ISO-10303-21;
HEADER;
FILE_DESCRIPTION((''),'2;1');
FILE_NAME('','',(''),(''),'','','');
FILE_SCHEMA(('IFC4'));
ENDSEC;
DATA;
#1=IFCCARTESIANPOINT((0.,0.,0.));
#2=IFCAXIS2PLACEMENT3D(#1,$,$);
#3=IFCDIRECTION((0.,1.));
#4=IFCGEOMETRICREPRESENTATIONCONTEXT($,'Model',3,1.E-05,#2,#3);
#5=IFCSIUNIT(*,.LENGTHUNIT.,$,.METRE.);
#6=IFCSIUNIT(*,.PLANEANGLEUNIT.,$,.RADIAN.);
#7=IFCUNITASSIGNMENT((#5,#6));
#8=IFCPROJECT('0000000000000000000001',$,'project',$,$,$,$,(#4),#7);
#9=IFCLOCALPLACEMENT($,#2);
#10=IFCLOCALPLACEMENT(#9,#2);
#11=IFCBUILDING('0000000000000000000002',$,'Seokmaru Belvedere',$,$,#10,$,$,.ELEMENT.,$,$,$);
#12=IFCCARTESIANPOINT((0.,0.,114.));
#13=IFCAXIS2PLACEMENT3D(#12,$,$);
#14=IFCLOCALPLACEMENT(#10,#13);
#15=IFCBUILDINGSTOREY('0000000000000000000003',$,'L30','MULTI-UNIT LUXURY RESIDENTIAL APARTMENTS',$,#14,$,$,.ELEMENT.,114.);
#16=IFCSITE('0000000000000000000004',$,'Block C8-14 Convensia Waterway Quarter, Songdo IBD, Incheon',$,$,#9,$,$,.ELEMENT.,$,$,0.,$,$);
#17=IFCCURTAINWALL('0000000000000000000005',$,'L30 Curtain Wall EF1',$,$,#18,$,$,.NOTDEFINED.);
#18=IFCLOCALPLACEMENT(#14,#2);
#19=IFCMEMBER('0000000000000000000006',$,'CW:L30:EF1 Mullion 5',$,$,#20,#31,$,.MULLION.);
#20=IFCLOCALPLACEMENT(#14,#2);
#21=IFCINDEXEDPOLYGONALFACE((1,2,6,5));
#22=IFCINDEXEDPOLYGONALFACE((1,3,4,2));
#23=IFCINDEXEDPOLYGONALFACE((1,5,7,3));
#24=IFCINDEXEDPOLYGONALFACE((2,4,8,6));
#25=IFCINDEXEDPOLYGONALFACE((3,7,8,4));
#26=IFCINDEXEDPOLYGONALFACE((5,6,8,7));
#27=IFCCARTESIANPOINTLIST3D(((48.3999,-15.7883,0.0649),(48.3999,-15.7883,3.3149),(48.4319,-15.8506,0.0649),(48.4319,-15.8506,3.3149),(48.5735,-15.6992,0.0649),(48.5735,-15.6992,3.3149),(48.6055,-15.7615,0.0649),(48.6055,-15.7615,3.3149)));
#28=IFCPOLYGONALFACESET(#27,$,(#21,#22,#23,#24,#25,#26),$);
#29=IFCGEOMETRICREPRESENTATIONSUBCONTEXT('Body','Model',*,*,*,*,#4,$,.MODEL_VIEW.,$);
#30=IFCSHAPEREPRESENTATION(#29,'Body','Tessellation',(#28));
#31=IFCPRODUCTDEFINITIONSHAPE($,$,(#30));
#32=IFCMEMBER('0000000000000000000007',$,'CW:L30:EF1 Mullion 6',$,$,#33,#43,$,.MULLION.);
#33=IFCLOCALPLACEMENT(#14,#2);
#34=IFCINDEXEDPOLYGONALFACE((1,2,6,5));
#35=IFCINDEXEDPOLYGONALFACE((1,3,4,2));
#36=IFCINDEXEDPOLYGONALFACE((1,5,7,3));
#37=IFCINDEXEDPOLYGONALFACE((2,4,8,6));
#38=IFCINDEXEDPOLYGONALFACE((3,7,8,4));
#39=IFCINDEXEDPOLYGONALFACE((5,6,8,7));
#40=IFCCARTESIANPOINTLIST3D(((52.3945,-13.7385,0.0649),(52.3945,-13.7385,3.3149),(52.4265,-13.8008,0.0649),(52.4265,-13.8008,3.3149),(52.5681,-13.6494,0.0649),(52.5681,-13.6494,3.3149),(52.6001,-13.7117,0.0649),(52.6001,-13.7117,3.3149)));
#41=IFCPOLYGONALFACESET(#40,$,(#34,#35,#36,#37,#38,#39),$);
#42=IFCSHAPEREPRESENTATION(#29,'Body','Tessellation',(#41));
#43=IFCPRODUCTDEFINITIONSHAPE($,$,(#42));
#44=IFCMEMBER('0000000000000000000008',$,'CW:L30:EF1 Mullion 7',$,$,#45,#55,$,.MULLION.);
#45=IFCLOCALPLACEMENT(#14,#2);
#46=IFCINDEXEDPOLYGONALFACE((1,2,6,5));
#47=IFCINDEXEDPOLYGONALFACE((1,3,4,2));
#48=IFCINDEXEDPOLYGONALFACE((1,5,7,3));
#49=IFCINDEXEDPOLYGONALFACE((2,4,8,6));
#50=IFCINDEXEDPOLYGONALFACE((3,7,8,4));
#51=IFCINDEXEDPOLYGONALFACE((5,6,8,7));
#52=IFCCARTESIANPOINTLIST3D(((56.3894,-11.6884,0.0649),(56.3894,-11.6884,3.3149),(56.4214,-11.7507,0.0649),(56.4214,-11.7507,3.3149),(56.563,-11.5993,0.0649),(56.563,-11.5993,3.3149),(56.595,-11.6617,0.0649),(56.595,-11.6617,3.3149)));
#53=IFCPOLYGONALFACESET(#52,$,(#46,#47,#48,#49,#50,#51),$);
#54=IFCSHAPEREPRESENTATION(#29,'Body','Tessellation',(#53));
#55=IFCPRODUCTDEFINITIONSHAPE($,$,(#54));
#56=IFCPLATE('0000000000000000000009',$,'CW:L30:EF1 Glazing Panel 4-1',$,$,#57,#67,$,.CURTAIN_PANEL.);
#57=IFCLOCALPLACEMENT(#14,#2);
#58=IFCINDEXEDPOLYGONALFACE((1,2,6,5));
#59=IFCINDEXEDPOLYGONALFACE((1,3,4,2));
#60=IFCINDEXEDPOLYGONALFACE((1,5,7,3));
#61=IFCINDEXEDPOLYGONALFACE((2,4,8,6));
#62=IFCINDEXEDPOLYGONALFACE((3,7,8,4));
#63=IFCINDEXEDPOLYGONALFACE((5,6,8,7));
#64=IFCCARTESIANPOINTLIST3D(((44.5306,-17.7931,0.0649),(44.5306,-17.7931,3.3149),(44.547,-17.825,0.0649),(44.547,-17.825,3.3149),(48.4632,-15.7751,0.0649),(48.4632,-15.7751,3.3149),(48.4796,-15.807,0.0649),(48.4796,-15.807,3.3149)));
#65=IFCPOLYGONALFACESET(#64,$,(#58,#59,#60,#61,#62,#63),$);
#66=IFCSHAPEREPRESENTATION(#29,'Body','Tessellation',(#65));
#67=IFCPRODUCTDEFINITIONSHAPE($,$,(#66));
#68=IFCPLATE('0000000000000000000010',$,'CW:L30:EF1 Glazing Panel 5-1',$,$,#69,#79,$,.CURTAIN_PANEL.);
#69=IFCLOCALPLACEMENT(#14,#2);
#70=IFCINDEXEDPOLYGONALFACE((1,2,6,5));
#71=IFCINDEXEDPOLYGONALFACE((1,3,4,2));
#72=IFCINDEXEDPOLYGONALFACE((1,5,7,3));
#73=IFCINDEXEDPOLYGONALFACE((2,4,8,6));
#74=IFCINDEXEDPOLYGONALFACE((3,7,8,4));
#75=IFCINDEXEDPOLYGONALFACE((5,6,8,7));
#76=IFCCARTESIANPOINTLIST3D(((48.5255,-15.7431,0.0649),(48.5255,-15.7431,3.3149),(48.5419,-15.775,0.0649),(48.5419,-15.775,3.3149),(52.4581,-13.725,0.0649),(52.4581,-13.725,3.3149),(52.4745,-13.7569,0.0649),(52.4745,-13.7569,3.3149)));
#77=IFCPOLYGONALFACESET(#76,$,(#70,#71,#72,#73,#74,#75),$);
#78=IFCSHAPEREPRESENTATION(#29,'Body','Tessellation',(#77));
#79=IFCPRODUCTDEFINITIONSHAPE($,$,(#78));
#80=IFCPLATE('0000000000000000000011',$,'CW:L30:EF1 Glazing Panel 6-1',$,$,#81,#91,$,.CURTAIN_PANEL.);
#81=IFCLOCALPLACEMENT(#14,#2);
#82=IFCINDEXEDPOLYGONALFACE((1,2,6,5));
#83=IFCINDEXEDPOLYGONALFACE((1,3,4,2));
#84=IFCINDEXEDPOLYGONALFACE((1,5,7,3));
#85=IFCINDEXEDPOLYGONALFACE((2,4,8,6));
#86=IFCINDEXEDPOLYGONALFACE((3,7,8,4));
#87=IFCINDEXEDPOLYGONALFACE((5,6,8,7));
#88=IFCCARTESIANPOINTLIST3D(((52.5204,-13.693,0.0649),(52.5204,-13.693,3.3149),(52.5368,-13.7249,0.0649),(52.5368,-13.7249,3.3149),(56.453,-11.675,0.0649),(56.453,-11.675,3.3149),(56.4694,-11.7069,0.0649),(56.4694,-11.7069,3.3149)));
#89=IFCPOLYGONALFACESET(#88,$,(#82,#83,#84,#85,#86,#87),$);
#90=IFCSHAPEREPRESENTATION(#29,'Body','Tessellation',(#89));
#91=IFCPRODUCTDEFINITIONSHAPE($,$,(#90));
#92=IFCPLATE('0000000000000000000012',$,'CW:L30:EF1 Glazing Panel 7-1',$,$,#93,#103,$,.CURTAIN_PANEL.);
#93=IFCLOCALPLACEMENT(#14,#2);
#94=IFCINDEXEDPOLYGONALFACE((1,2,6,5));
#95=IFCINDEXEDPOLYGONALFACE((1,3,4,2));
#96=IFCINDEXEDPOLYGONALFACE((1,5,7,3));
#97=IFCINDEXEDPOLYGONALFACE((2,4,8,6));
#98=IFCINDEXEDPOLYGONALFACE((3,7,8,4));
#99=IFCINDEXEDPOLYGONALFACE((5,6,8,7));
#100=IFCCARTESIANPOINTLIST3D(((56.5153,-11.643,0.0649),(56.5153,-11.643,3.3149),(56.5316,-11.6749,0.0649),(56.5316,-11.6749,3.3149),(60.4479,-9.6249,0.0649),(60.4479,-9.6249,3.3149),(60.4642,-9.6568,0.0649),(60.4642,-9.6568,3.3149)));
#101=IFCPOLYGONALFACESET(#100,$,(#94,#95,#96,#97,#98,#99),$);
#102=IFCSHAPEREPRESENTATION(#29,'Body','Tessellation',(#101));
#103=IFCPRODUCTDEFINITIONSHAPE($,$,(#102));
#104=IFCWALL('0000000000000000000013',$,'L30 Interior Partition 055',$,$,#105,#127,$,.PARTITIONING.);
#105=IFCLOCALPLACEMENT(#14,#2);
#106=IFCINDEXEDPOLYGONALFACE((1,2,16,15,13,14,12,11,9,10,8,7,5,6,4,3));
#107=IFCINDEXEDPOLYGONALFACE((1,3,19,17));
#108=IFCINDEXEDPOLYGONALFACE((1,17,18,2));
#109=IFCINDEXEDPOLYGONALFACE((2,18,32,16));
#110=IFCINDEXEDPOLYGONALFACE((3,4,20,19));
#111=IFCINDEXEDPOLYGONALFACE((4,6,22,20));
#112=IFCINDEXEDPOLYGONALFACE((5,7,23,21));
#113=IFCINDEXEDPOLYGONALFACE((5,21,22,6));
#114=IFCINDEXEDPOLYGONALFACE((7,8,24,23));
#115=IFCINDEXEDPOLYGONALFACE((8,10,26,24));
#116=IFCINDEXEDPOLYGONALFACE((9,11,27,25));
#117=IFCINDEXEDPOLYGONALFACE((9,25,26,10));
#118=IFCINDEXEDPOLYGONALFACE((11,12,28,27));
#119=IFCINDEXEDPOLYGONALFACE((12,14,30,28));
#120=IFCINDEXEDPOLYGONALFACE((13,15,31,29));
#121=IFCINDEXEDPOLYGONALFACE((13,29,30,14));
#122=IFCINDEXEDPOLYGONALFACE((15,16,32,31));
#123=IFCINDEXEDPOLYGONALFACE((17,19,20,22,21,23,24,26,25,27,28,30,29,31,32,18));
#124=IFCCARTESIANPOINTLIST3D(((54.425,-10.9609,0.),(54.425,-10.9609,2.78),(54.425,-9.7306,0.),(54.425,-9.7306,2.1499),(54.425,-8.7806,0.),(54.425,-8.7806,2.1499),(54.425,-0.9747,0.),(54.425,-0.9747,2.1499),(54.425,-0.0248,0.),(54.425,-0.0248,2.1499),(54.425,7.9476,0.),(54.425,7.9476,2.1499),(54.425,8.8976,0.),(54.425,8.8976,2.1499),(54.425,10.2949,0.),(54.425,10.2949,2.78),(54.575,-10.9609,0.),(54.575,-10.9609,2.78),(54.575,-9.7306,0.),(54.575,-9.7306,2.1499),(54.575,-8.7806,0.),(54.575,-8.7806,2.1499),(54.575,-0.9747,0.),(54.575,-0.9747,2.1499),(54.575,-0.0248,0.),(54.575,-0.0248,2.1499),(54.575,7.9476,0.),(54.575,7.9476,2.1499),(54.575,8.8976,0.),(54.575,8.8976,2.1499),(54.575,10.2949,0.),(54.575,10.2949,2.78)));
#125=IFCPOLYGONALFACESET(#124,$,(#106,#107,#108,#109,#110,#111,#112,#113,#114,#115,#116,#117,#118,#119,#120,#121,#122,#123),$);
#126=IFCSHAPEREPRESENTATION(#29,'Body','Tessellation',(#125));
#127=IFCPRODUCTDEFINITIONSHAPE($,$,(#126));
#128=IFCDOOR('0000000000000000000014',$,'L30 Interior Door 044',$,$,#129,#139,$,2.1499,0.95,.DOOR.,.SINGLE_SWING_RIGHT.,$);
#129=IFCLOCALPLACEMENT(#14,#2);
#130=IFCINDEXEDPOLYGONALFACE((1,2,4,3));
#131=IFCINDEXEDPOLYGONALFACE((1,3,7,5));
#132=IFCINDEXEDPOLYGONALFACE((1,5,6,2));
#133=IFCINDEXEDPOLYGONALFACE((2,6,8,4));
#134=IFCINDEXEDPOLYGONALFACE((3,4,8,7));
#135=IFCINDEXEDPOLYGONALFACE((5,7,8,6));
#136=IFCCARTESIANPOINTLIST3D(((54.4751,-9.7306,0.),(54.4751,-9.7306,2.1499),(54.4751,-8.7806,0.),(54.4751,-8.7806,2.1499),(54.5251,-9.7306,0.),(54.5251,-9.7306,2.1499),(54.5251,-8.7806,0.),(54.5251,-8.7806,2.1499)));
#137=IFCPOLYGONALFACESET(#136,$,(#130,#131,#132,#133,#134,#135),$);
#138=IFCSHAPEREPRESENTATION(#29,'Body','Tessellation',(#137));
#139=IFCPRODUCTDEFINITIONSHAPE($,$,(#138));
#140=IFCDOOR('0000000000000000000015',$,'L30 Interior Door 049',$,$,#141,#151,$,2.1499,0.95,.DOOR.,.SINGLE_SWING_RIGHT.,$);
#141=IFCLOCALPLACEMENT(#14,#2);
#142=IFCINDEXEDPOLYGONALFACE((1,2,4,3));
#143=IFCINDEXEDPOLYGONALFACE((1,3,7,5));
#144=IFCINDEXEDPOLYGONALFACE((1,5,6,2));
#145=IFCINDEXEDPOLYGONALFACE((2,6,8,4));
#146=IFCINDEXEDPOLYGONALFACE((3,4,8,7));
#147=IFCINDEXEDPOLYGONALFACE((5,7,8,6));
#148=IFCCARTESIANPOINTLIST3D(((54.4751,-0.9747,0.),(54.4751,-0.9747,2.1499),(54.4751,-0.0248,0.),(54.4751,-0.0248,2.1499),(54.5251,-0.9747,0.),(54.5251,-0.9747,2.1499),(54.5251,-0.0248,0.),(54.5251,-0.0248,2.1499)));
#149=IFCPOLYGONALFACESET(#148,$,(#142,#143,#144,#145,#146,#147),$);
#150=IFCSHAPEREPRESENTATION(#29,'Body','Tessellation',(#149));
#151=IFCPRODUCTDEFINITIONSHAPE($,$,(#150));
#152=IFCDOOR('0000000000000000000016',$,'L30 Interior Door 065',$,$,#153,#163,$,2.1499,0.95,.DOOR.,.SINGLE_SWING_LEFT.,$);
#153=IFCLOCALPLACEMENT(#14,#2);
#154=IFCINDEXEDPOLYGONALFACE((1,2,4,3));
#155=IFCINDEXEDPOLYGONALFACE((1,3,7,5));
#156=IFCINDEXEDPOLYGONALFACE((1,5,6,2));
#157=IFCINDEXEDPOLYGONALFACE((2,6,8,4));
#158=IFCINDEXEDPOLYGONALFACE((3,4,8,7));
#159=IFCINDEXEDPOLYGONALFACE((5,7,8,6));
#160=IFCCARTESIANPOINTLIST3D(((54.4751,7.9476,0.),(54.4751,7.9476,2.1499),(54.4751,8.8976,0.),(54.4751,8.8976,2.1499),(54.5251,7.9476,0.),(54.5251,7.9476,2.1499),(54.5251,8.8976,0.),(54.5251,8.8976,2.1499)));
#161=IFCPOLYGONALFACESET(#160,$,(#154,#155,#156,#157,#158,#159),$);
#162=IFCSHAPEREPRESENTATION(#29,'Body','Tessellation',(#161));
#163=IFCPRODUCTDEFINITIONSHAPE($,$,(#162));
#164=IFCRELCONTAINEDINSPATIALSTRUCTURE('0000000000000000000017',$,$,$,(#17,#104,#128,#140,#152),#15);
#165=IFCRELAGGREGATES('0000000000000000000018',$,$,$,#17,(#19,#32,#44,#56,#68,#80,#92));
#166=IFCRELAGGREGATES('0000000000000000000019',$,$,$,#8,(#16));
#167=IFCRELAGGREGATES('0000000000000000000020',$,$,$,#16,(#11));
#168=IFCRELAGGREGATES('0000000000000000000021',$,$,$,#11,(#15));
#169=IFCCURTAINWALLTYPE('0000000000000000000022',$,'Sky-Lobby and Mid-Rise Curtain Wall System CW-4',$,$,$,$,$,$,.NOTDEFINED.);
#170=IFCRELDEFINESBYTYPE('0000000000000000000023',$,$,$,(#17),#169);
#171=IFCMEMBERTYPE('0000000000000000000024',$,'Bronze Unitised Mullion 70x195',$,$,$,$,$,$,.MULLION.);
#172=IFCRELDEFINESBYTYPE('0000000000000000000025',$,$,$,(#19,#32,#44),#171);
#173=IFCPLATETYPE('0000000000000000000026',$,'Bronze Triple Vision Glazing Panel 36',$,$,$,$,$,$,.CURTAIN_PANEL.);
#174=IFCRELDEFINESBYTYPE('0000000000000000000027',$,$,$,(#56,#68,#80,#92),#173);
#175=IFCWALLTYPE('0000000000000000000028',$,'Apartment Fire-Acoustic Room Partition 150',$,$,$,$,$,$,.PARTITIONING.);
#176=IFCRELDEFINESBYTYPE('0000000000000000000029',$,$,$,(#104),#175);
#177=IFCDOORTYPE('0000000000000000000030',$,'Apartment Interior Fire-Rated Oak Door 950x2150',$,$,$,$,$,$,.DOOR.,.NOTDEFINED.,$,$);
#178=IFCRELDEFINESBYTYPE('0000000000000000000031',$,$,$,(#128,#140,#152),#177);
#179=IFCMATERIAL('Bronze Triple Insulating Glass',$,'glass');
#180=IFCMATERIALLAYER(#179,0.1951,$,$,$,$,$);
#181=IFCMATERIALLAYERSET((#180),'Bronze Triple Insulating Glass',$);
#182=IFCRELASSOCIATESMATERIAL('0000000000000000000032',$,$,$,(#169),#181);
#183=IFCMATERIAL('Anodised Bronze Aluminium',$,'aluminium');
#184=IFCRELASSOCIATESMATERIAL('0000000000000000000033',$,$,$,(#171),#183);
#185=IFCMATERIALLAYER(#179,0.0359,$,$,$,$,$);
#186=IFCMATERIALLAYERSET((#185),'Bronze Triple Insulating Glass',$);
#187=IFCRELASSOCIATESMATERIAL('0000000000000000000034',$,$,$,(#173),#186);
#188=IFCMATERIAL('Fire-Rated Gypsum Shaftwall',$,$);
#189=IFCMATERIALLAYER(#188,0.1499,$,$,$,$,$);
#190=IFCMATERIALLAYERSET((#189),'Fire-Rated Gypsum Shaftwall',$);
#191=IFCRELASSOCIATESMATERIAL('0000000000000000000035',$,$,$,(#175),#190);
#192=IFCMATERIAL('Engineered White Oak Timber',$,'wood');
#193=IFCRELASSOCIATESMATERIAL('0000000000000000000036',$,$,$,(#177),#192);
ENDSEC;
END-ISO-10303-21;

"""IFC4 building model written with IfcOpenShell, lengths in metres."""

from ifc_helpers import new_model, si_unit, direction, frame, frame_2d, origin, origin_2d, place, context, subcontext, project, spatial, rectangle, extrude, source, transform, mapped, material, layer, layer_set, material_profile, profile_set, type_object, type_shapes, element, fill, aggregate, save


model = new_model("IFC4")

# Units and contexts
model_context = context("Model", 3, precision=1e-05, world=origin(), true_north=direction((0.0, 1.0)))
body_context = subcontext(model_context, "Body", "Model", "MODEL_VIEW")
ifc_project = project(units=[si_unit("LENGTHUNIT", "METRE"), si_unit("PLANEANGLEUNIT", "RADIAN")], contexts=[model_context])

# Site, building, storey
site_placement = place(None, origin())
site = spatial("IfcSite", under=ifc_project, at=site_placement, Name="Block C8-14 Convensia Waterway Quarter, Songdo IBD, Incheon", CompositionType="ELEMENT", RefElevation=0.0)
building_placement = place(site_placement, origin())
building = spatial("IfcBuilding", under=site, at=building_placement, Name="Seokmaru Belvedere", CompositionType="ELEMENT")
storey_placement = place(building_placement, frame((0.0, 0.0, 114.0)))
storey = spatial("IfcBuildingStorey", under=building, at=storey_placement, Name="L30", Description="MULTI-UNIT LUXURY RESIDENTIAL APARTMENTS", CompositionType="ELEMENT", Elevation=114.0)

# Curtain wall, members, plates
ifc_material_1 = material(Name="Bronze Triple Insulating Glass", Category="glass")
ifc_layer_1 = layer(ifc_material_1, 0.1951)
ifc_layer_set_1 = layer_set([ifc_layer_1], Name="Bronze Triple Insulating Glass")
curtain_wall_type = type_object("IfcCurtainWallType", Name="Sky-Lobby and Mid-Rise Curtain Wall System CW-4", PredefinedType="NOTDEFINED", material=ifc_layer_set_1)
curtain_wall_placement = place(storey_placement, origin())
curtain_wall = element("IfcCurtainWall", 1, at=curtain_wall_placement, inside=storey, type_object=curtain_wall_type, Name="L30 Curtain Wall EF1", PredefinedType="NOTDEFINED")
ifc_material_2 = material(Name="Anodised Bronze Aluminium", Category="aluminium")
ifc_material_profile_1 = material_profile(ifc_material_2, rectangle(XDim=0.0701, YDim=0.1951, at=origin_2d()), Name="CW-M-70x195")
ifc_profile_set_1 = profile_set([ifc_material_profile_1], Name="Anodised Bronze Aluminium")
member_type = type_object("IfcMemberType", Name="Bronze Unitised Mullion 70x195", PredefinedType="MULLION", material=ifc_profile_set_1)
shared_shape_1 = source(origin(), body_context, "Body", "SweptSolid", [
    extrude(rectangle(XDim=0.0701, YDim=0.1951, at=origin_2d()), origin(), (0.0, 0.0, 1.0), 3.25),
])
type_shapes(member_type, [shared_shape_1])
member_1_placement = place(storey_placement, frame((48.5027, -15.7749, 0.0649), z_axis=(0.0, 0.0, 1.0), x_axis=(-0.456555, 0.889695, 0.0)))
member_1 = element("IfcMember", 2, at=member_1_placement, type_object=member_type, Name="CW:L30:EF1 Mullion 5", PredefinedType="MULLION", context=body_context, shape_type="MappedRepresentation", body=[
    mapped(shared_shape_1, transform((0.0, 0.0, 0.0), scale=1.0)),
])
member_2_placement = place(storey_placement, frame((52.4973, -13.7251, 0.0649), z_axis=(0.0, 0.0, 1.0), x_axis=(-0.456555, 0.889695, 0.0)))
member_2 = element("IfcMember", 3, at=member_2_placement, type_object=member_type, Name="CW:L30:EF1 Mullion 6", PredefinedType="MULLION", context=body_context, shape_type="MappedRepresentation", body=[
    mapped(shared_shape_1, transform((0.0, 0.0, 0.0), scale=1.0)),
])
member_3_placement = place(storey_placement, frame((56.4922, -11.675, 0.0649), z_axis=(0.0, 0.0, 1.0), x_axis=(-0.456555, 0.889695, 0.0)))
member_3 = element("IfcMember", 4, at=member_3_placement, type_object=member_type, Name="CW:L30:EF1 Mullion 7", PredefinedType="MULLION", context=body_context, shape_type="MappedRepresentation", body=[
    mapped(shared_shape_1, transform((0.0, 0.0, 0.0), scale=1.0)),
])
ifc_layer_2 = layer(ifc_material_1, 0.0359)
ifc_layer_set_2 = layer_set([ifc_layer_2], Name="Bronze Triple Insulating Glass")
plate_type = type_object("IfcPlateType", Name="Bronze Triple Vision Glazing Panel 36", PredefinedType="CURTAIN_PANEL", material=ifc_layer_set_2)
shared_shape_2 = source(origin(), body_context, "Body", "SweptSolid", [
    extrude(rectangle(XDim=4.4202, YDim=0.0359, at=origin_2d()), origin(), (0.0, 0.0, 1.0), 3.25),
])
type_shapes(plate_type, [shared_shape_2])
plate_1_placement = place(storey_placement, frame((46.5051, -16.8, 0.0649), z_axis=(0.0, 0.0, 1.0), x_axis=(0.889695, 0.456555, 0.0)))
plate_1 = element("IfcPlate", 5, at=plate_1_placement, type_object=plate_type, Name="CW:L30:EF1 Glazing Panel 4-1", PredefinedType="CURTAIN_PANEL", context=body_context, shape_type="MappedRepresentation", body=[
    mapped(shared_shape_2, transform((0.0, 0.0, 0.0), scale=1.0)),
])
plate_2_placement = place(storey_placement, frame((50.5, -14.75, 0.0649), z_axis=(0.0, 0.0, 1.0), x_axis=(0.889695, 0.456555, 0.0)))
plate_2 = element("IfcPlate", 6, at=plate_2_placement, type_object=plate_type, Name="CW:L30:EF1 Glazing Panel 5-1", PredefinedType="CURTAIN_PANEL", context=body_context, shape_type="MappedRepresentation", body=[
    mapped(shared_shape_2, transform((0.0, 0.0, 0.0), scale=1.0)),
])
plate_3_placement = place(storey_placement, frame((54.4949, -12.7, 0.0649), z_axis=(0.0, 0.0, 1.0), x_axis=(0.889695, 0.456555, 0.0)))
plate_3 = element("IfcPlate", 7, at=plate_3_placement, type_object=plate_type, Name="CW:L30:EF1 Glazing Panel 6-1", PredefinedType="CURTAIN_PANEL", context=body_context, shape_type="MappedRepresentation", body=[
    mapped(shared_shape_2, transform((0.0, 0.0, 0.0), scale=1.0)),
])
plate_4_placement = place(storey_placement, frame((58.4897, -10.6499, 0.0649), z_axis=(0.0, 0.0, 1.0), x_axis=(0.889695, 0.456555, 0.0)))
plate_4 = element("IfcPlate", 8, at=plate_4_placement, type_object=plate_type, Name="CW:L30:EF1 Glazing Panel 7-1", PredefinedType="CURTAIN_PANEL", context=body_context, shape_type="MappedRepresentation", body=[
    mapped(shared_shape_2, transform((0.0, 0.0, 0.0), scale=1.0)),
])
aggregate(curtain_wall, [member_1, member_2, member_3, plate_1, plate_2, plate_3, plate_4])

# Wall, openings, doors
ifc_material_3 = material(Name="Fire-Rated Gypsum Shaftwall")
ifc_layer_3 = layer(ifc_material_3, 0.1499)
ifc_layer_set_3 = layer_set([ifc_layer_3], Name="Fire-Rated Gypsum Shaftwall")
wall_type = type_object("IfcWallType", Name="Apartment Fire-Acoustic Room Partition 150", PredefinedType="PARTITIONING", material=ifc_layer_set_3)
wall_placement = place(storey_placement, frame((54.5, -10.9609, 0.0), z_axis=(0.0, 0.0, 1.0), x_axis=(0.0, 1.0, 0.0)))
wall = element("IfcWall", 9, at=wall_placement, inside=storey, type_object=wall_type, Name="L30 Interior Partition 055", PredefinedType="PARTITIONING", context=body_context, shape_type="SweptSolid", body=[
    extrude(rectangle(XDim=21.2559, YDim=0.1499, at=frame_2d((10.6279, 0.0))), origin(), (0.0, 0.0, 1.0), 2.78),
])
opening_1_placement = place(wall_placement, frame((1.2302, 0.0, 0.0)))
opening_1 = element("IfcOpeningElement", 10, at=opening_1_placement, cuts=wall, PredefinedType="OPENING", context=body_context, shape_type="SweptSolid", body=[
    extrude(rectangle(XDim=0.95, YDim=2.1499, at=frame_2d((0.4751, 1.075))), frame((0.0, 0.085, 0.0), z_axis=(0.0, -1.0, 0.0), x_axis=(1.0, 0.0, 0.0)), (0.0, 0.0, 1.0), 0.1699),
])
opening_2_placement = place(wall_placement, frame((9.9861, 0.0, 0.0)))
opening_2 = element("IfcOpeningElement", 11, at=opening_2_placement, cuts=wall, PredefinedType="OPENING", context=body_context, shape_type="SweptSolid", body=[
    extrude(rectangle(XDim=0.95, YDim=2.1499, at=frame_2d((0.4751, 1.075))), frame((0.0, 0.085, 0.0), z_axis=(0.0, -1.0, 0.0), x_axis=(1.0, 0.0, 0.0)), (0.0, 0.0, 1.0), 0.1699),
])
opening_3_placement = place(wall_placement, frame((18.9084, 0.0, 0.0)))
opening_3 = element("IfcOpeningElement", 12, at=opening_3_placement, cuts=wall, PredefinedType="OPENING", context=body_context, shape_type="SweptSolid", body=[
    extrude(rectangle(XDim=0.95, YDim=2.1499, at=frame_2d((0.4751, 1.075))), frame((0.0, 0.085, 0.0), z_axis=(0.0, -1.0, 0.0), x_axis=(1.0, 0.0, 0.0)), (0.0, 0.0, 1.0), 0.1699),
])
ifc_material_4 = material(Name="Engineered White Oak Timber", Category="wood")
door_type = type_object("IfcDoorType", Name="Apartment Interior Fire-Rated Oak Door 950x2150", OperationType="NOTDEFINED", PredefinedType="DOOR", material=ifc_material_4)
shared_shape_3 = source(origin(), body_context, "Body", "SweptSolid", [
    extrude(rectangle(XDim=0.95, YDim=2.1499, at=frame_2d((0.4751, 1.075))), frame((0.0, 0.0249, 0.0), z_axis=(0.0, -1.0, 0.0), x_axis=(1.0, 0.0, 0.0)), (0.0, 0.0, 1.0), 0.05),
])
type_shapes(door_type, [shared_shape_3])
door_1_placement = place(opening_1_placement, origin())
door_1 = element("IfcDoor", 13, at=door_1_placement, inside=storey, type_object=door_type, Name="L30 Interior Door 044", OperationType="SINGLE_SWING_RIGHT", OverallHeight=2.1499, OverallWidth=0.95, PredefinedType="DOOR", context=body_context, shape_type="MappedRepresentation", body=[
    mapped(shared_shape_3, transform((0.0, 0.0, 0.0), scale=1.0)),
])
fill(opening_1, door_1)
door_2_placement = place(opening_2_placement, origin())
door_2 = element("IfcDoor", 14, at=door_2_placement, inside=storey, type_object=door_type, Name="L30 Interior Door 049", OperationType="SINGLE_SWING_RIGHT", OverallHeight=2.1499, OverallWidth=0.95, PredefinedType="DOOR", context=body_context, shape_type="MappedRepresentation", body=[
    mapped(shared_shape_3, transform((0.0, 0.0, 0.0), scale=1.0)),
])
fill(opening_2, door_2)
door_3_placement = place(opening_3_placement, origin())
door_3 = element("IfcDoor", 15, at=door_3_placement, inside=storey, type_object=door_type, Name="L30 Interior Door 065", OperationType="SINGLE_SWING_LEFT", OverallHeight=2.1499, OverallWidth=0.95, PredefinedType="DOOR", context=body_context, shape_type="MappedRepresentation", body=[
    mapped(shared_shape_3, transform((0.0, 0.0, 0.0), scale=1.0)),
])
fill(opening_3, door_3)

save(model, "model.ifc")
